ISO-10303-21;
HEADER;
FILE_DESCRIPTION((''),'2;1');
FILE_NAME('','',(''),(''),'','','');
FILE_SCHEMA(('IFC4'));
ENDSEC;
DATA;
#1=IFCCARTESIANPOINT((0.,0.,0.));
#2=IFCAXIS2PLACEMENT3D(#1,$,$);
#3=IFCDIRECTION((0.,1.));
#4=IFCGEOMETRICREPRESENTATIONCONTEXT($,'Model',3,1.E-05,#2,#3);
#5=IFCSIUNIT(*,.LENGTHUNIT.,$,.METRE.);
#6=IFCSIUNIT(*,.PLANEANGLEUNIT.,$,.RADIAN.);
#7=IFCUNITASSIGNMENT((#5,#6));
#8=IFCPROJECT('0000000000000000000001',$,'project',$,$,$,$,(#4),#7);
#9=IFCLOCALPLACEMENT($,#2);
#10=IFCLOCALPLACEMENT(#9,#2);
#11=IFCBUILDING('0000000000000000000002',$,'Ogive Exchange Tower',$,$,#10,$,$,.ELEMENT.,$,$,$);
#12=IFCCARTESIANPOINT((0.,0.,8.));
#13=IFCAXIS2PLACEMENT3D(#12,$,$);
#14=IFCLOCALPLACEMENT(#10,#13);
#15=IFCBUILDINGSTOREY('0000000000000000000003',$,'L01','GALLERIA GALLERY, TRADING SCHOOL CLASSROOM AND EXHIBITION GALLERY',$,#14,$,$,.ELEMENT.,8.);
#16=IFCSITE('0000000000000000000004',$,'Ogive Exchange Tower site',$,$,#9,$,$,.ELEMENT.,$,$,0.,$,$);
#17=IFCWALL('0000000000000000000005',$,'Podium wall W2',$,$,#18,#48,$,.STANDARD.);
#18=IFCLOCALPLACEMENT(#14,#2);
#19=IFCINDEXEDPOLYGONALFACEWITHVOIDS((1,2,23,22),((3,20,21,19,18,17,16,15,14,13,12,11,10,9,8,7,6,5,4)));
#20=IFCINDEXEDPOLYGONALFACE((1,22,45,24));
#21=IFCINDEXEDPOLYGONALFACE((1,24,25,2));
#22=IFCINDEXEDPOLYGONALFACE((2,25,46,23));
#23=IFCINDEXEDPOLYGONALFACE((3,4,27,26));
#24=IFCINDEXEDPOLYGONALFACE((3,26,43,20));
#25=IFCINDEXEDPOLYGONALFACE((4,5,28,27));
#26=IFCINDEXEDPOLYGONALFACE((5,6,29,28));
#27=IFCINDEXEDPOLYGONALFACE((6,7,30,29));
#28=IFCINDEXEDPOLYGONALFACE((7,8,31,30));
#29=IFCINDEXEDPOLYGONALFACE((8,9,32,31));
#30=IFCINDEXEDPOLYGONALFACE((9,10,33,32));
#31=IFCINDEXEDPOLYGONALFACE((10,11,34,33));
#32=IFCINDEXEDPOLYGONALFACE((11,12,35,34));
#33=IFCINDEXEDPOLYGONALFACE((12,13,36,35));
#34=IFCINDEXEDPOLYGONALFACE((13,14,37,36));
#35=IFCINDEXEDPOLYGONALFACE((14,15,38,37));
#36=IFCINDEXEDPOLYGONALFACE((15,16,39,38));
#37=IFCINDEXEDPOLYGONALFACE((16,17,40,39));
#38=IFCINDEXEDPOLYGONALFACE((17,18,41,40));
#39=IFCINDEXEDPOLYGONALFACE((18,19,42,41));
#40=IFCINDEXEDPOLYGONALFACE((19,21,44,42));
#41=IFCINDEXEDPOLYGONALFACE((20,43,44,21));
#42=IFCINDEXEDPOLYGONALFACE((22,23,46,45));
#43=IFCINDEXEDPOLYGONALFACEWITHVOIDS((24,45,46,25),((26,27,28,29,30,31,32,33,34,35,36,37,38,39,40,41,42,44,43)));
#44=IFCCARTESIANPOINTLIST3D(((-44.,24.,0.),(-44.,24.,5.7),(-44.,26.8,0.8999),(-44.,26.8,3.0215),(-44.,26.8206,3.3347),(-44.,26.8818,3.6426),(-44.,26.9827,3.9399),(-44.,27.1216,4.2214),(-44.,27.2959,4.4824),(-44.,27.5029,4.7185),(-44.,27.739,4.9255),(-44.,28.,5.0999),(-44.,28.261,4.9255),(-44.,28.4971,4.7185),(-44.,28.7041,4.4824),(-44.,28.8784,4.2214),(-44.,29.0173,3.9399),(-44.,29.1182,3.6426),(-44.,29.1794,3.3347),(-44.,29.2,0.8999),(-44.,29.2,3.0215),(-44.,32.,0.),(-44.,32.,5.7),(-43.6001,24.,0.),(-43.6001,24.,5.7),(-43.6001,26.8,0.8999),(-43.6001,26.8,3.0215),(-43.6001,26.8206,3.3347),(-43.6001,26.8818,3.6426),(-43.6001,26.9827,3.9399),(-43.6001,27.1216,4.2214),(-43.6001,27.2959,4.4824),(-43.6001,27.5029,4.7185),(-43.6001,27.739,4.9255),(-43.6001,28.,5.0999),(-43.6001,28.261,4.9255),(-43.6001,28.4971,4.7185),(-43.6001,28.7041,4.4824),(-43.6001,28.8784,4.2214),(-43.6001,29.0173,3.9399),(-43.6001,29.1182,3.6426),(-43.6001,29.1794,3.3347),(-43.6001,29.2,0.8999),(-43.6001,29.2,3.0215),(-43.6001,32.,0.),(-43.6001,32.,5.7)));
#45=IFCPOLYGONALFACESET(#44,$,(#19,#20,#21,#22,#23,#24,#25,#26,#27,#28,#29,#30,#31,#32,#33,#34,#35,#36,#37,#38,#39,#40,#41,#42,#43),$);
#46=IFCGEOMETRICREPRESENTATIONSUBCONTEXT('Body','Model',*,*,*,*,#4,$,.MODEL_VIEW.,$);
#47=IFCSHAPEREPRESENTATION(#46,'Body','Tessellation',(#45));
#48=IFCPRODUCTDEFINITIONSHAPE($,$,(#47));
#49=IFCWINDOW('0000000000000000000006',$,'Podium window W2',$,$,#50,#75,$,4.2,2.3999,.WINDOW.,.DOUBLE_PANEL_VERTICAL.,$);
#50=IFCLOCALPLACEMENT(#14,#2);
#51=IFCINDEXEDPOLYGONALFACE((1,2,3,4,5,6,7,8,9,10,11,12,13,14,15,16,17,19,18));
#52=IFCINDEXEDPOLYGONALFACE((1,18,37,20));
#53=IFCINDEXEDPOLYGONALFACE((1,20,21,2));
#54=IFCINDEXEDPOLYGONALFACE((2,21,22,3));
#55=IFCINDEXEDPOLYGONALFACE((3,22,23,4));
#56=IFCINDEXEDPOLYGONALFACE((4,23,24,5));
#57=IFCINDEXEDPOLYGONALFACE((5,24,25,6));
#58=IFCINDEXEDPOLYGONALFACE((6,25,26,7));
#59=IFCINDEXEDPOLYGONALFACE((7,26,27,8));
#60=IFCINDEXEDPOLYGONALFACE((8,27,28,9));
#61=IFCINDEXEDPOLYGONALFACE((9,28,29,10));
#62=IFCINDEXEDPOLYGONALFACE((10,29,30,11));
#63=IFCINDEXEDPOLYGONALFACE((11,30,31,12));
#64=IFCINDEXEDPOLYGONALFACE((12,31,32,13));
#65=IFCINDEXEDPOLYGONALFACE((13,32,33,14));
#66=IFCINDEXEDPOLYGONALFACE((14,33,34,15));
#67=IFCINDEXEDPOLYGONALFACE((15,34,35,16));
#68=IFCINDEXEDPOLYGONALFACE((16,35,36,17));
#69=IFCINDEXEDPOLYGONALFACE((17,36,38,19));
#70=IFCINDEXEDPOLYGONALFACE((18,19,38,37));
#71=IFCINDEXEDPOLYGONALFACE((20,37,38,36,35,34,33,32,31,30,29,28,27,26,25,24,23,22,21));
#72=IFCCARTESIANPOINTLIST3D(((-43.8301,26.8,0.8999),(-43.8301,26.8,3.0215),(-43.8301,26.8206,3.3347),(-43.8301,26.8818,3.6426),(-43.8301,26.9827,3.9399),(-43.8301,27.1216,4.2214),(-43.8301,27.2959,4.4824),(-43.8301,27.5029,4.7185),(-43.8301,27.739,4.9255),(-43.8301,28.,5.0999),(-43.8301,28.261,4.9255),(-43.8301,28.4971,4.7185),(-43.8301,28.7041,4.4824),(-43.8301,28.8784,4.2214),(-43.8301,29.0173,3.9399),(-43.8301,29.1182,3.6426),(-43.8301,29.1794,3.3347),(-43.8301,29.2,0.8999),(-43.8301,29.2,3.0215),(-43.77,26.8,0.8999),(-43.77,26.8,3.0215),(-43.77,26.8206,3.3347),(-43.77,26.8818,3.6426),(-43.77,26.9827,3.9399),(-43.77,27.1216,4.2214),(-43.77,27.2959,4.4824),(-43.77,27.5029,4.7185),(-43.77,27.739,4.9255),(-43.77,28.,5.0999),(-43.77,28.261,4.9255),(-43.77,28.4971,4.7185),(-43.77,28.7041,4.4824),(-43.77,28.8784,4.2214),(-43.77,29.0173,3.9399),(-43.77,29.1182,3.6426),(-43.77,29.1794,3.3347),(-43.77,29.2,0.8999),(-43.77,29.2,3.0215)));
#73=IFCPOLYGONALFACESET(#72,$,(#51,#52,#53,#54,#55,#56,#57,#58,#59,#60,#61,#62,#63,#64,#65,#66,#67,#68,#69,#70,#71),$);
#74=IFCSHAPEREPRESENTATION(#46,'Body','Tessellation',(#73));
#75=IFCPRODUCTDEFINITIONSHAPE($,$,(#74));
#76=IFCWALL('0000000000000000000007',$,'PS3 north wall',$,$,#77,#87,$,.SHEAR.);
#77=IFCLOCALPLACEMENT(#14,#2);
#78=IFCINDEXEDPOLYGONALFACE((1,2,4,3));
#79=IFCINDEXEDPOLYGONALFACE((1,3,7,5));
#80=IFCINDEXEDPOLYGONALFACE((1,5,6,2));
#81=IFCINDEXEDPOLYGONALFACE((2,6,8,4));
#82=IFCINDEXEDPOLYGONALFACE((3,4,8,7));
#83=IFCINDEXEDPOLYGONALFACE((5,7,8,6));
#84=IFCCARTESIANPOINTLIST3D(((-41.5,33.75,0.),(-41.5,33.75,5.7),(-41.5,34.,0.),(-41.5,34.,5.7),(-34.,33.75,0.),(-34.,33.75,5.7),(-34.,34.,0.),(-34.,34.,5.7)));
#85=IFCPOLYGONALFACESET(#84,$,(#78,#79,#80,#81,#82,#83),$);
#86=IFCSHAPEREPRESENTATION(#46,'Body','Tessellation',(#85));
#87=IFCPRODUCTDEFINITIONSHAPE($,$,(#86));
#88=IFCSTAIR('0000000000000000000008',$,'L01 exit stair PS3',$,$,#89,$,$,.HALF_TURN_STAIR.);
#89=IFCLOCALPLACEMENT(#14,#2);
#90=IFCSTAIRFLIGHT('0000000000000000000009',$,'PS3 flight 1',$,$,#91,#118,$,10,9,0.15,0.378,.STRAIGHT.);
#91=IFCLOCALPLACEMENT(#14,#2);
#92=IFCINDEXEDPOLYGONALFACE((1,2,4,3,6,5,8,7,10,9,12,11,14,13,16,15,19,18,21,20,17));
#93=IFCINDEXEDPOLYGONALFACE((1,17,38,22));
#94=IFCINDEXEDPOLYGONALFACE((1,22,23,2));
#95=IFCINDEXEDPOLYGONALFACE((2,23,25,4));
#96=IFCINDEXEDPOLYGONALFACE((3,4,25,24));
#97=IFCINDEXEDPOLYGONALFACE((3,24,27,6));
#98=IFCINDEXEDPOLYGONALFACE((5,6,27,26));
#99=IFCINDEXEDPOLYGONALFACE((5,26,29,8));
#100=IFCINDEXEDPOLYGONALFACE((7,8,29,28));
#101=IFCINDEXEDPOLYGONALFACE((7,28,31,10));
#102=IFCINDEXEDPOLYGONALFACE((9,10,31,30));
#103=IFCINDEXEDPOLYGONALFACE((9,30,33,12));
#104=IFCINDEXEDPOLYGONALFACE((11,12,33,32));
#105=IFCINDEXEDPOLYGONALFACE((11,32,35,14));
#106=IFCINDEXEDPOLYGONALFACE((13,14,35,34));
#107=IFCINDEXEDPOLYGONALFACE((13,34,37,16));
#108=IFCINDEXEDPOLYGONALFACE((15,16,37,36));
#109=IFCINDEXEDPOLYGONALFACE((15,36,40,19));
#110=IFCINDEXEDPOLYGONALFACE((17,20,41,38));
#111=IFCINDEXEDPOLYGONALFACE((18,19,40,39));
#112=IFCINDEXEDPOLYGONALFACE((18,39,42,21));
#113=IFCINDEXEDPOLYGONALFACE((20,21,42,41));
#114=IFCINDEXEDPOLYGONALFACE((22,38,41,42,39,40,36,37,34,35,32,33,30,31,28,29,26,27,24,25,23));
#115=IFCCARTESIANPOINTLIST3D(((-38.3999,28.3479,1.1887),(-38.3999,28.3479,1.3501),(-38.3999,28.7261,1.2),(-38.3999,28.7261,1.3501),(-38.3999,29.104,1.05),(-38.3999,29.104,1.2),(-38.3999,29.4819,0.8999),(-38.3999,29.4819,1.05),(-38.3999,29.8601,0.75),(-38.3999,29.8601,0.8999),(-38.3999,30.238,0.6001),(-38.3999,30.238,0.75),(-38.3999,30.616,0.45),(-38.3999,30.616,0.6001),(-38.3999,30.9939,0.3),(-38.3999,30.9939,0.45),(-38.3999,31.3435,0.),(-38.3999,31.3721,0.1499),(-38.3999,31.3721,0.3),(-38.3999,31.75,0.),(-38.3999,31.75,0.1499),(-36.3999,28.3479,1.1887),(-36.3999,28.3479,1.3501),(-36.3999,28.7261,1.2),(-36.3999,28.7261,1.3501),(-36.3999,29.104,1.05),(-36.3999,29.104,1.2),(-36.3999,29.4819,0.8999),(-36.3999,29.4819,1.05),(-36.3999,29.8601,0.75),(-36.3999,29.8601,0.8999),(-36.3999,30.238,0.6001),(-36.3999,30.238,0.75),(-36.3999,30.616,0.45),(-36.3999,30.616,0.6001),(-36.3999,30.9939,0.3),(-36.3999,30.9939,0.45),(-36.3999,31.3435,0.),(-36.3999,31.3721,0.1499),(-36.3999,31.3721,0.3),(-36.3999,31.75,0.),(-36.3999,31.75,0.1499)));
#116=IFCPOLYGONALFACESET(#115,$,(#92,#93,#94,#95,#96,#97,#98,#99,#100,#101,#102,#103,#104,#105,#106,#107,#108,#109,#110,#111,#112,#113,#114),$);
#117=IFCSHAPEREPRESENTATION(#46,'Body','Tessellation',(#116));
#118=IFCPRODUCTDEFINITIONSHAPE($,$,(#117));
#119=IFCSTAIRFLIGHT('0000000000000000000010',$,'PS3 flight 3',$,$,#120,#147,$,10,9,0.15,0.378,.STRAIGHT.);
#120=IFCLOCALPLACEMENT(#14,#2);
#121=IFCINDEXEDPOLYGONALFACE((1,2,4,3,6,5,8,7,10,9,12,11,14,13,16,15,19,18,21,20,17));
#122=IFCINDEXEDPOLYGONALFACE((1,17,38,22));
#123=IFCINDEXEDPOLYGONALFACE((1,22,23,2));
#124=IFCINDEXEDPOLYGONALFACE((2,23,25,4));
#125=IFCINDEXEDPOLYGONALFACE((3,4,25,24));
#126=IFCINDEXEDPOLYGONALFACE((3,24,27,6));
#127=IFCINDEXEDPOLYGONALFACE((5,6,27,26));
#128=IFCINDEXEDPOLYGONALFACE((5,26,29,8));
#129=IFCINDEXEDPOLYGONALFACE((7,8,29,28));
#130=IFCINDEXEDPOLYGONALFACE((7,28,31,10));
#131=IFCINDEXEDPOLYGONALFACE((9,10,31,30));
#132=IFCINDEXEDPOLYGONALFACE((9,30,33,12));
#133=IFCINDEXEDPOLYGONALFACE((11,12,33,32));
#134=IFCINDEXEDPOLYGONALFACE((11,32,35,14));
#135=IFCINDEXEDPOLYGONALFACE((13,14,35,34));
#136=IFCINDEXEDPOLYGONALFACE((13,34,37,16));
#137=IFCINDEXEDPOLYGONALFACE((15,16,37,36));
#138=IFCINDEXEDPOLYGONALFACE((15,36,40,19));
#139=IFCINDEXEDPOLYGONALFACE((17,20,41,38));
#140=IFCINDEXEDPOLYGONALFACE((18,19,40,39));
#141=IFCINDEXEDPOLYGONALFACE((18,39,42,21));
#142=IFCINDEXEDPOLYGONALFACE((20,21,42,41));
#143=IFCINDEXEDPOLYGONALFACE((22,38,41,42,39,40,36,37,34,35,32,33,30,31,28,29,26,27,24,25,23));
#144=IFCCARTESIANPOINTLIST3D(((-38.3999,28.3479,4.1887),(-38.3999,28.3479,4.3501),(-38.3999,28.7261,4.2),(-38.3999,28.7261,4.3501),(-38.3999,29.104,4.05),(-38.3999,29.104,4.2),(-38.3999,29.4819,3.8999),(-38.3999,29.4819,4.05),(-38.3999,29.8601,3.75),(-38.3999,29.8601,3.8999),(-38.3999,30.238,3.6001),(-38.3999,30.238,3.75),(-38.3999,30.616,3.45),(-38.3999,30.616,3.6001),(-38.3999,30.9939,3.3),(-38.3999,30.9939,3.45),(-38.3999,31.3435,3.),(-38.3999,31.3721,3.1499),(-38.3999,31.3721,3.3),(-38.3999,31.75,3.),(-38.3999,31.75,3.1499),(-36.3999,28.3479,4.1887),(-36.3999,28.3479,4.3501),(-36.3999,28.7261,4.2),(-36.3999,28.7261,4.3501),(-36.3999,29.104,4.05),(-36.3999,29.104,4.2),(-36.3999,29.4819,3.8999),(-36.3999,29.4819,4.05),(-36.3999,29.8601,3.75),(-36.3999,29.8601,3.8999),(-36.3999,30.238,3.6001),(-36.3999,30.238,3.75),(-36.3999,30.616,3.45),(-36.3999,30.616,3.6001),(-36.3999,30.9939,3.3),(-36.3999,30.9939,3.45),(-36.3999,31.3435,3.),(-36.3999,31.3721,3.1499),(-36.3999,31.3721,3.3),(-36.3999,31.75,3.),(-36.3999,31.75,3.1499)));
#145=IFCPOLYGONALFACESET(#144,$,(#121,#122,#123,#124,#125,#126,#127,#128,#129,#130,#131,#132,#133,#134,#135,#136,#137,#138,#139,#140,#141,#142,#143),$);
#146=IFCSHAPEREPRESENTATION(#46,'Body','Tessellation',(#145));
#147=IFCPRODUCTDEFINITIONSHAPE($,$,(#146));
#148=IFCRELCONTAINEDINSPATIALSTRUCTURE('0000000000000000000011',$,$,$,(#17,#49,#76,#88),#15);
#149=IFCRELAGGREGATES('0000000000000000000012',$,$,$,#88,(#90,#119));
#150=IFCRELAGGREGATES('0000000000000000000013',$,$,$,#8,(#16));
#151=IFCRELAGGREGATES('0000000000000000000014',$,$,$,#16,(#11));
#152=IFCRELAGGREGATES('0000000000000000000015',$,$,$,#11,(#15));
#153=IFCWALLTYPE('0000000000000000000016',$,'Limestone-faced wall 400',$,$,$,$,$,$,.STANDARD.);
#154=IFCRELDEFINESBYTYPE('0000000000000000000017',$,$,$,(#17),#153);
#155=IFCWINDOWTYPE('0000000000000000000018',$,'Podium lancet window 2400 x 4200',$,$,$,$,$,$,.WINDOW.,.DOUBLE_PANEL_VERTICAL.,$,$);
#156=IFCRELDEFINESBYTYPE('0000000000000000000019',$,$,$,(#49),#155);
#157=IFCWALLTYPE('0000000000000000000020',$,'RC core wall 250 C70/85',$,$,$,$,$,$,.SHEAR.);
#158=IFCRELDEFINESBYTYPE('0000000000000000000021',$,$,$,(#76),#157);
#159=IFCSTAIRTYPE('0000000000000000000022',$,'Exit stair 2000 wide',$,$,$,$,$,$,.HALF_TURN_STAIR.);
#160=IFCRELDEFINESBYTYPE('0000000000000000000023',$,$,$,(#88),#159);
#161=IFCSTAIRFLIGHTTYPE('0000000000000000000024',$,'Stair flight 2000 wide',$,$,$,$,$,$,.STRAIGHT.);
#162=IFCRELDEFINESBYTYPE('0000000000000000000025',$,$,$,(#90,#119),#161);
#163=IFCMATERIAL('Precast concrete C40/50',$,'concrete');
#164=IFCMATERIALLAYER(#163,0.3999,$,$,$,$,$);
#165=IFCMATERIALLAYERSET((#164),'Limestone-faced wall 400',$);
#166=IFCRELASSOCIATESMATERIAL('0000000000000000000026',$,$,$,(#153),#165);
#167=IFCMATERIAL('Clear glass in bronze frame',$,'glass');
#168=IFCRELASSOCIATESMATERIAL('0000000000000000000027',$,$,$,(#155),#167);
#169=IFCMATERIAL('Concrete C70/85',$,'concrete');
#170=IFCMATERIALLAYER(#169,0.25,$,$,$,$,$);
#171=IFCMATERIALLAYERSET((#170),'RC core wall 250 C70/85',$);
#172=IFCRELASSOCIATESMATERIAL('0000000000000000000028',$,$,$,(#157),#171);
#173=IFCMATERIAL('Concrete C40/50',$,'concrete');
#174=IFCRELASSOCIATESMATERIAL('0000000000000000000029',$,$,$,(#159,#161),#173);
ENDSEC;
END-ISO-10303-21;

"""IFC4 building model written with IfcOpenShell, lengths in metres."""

from ifc_helpers import new_model, si_unit, direction, frame, frame_2d, origin, place, context, subcontext, project, spatial, polyline, rectangle, outline, extrude, material, layer, layer_set, type_object, element, fill, aggregate, save


model = new_model("IFC4")

# Units and contexts
model_context = context("Model", 3, precision=1e-05, world=origin(), true_north=direction((0.0, 1.0)))
body_context = subcontext(model_context, "Body", "Model", "MODEL_VIEW")
ifc_project = project(units=[si_unit("LENGTHUNIT", "METRE"), si_unit("PLANEANGLEUNIT", "RADIAN")], contexts=[model_context])

# Site, building, storey
site_placement = place(None, origin())
site = spatial("IfcSite", under=ifc_project, at=site_placement, Name="Ogive Exchange Tower site", CompositionType="ELEMENT", RefElevation=0.0)
building_placement = place(site_placement, origin())
building = spatial("IfcBuilding", under=site, at=building_placement, Name="Ogive Exchange Tower", CompositionType="ELEMENT")
storey_placement = place(building_placement, frame((0.0, 0.0, 8.0)))
storey = spatial("IfcBuildingStorey", under=building, at=storey_placement, Name="L01", Description="GALLERIA GALLERY, TRADING SCHOOL CLASSROOM AND EXHIBITION GALLERY", CompositionType="ELEMENT", Elevation=8.0)

# Shared definitions
ifc_material_1 = material(Name="Concrete C70/85", Category="concrete")

# Shared definitions
ifc_material_2 = material(Name="Precast concrete C40/50", Category="concrete")
ifc_layer_1 = layer(ifc_material_2, 0.3999)
ifc_layer_set_1 = layer_set([ifc_layer_1], Name="Limestone-faced wall 400")
wall_type_1 = type_object("IfcWallType", Name="Limestone-faced wall 400", PredefinedType="STANDARD", material=ifc_layer_set_1)
ifc_material_3 = material(Name="Clear glass in bronze frame", Category="glass")

# Wall, opening, window
wall_1_placement = place(storey_placement, frame((-43.8, 32.0, 0.0), z_axis=(0.0, 0.0, 1.0), x_axis=(0.0, -1.0, 0.0)))
wall_1 = element("IfcWall", 1, at=wall_1_placement, inside=storey, type_object=wall_type_1, Name="Podium wall W2", PredefinedType="STANDARD", context=body_context, shape_type="SweptSolid", body=[
    extrude(rectangle(XDim=8.0, YDim=0.3999, at=frame_2d((4.0, 0.0))), origin(), (0.0, 0.0, 1.0), 5.7),
])
opening_1_placement = place(wall_1_placement, frame((2.8, 0.0, 0.8999)))
opening_1 = element("IfcOpeningElement", 2, at=opening_1_placement, cuts=wall_1, PredefinedType="OPENING", context=body_context, shape_type="SweptSolid", body=[
    extrude(outline(polyline([(0.0, 0.0), (2.3999, 0.0), (2.3999, 2.1216), (2.3794, 2.4348), (2.3181, 2.7427), (2.2173, 3.04), (2.0784, 3.3215), (1.9041, 3.5825), (1.697, 3.8186), (1.4609, 4.0256), (1.2, 4.2), (0.939, 4.0256), (0.7029, 3.8186), (0.4958, 3.5825), (0.3215, 3.3215), (0.1826, 3.04), (0.0818, 2.7427), (0.0205, 2.4348), (0.0, 2.1216), (0.0, 0.0)])), frame((0.0, 0.21, 0.0), z_axis=(0.0, -1.0, 0.0), x_axis=(1.0, 0.0, 0.0)), (0.0, 0.0, 1.0), 0.4199),
])
window_type_1 = type_object("IfcWindowType", Name="Podium lancet window 2400 x 4200", PartitioningType="DOUBLE_PANEL_VERTICAL", PredefinedType="WINDOW", material=ifc_material_3)
window_1_placement = place(opening_1_placement, origin())
window_1 = element("IfcWindow", 3, at=window_1_placement, inside=storey, type_object=window_type_1, Name="Podium window W2", OverallHeight=4.2, OverallWidth=2.3999, PartitioningType="DOUBLE_PANEL_VERTICAL", PredefinedType="WINDOW", context=body_context, shape_type="SweptSolid", body=[
    extrude(outline(polyline([(0.0, 0.0), (2.3999, 0.0), (2.3999, 2.1216), (2.3794, 2.4348), (2.3181, 2.7427), (2.2173, 3.04), (2.0784, 3.3215), (1.9041, 3.5825), (1.697, 3.8186), (1.4609, 4.0256), (1.2, 4.2), (0.939, 4.0256), (0.7029, 3.8186), (0.4958, 3.5825), (0.3215, 3.3215), (0.1826, 3.04), (0.0818, 2.7427), (0.0205, 2.4348), (0.0, 2.1216), (0.0, 0.0)])), frame((0.0, 0.03, 0.0), z_axis=(0.0, -1.0, 0.0), x_axis=(1.0, 0.0, 0.0)), (0.0, 0.0, 1.0), 0.0601),
])
fill(opening_1, window_1)

# Wall
ifc_layer_2 = layer(ifc_material_1, 0.25)
ifc_layer_set_2 = layer_set([ifc_layer_2], Name="RC core wall 250 C70/85")
wall_type_2 = type_object("IfcWallType", Name="RC core wall 250 C70/85", PredefinedType="SHEAR", material=ifc_layer_set_2)
wall_2_placement = place(storey_placement, frame((-41.5, 33.875, 0.0), z_axis=(0.0, 0.0, 1.0), x_axis=(1.0, 0.0, 0.0)))
element("IfcWall", 4, at=wall_2_placement, inside=storey, type_object=wall_type_2, Name="PS3 north wall", PredefinedType="SHEAR", context=body_context, shape_type="SweptSolid", body=[
    extrude(rectangle(XDim=7.5, YDim=0.25, at=frame_2d((3.75, 0.0))), origin(), (0.0, 0.0, 1.0), 5.7),
])

# Stair, stair flights
ifc_material_4 = material(Name="Concrete C40/50", Category="concrete")
stair_type = type_object("IfcStairType", Name="Exit stair 2000 wide", PredefinedType="HALF_TURN_STAIR", material=ifc_material_4)
stair_placement = place(storey_placement, origin())
stair = element("IfcStair", 5, at=stair_placement, inside=storey, type_object=stair_type, Name="L01 exit stair PS3", PredefinedType="HALF_TURN_STAIR")
stair_flight_type = type_object("IfcStairFlightType", Name="Stair flight 2000 wide", PredefinedType="STRAIGHT", material=ifc_material_4)
stair_flight_1_placement = place(storey_placement, frame((-37.3999, 31.75, 0.0), z_axis=(0.0, 0.0, 1.0), x_axis=(0.0, -1.0, 0.0)))
stair_flight_1 = element("IfcStairFlight", 6, at=stair_flight_1_placement, type_object=stair_flight_type, Name="PS3 flight 1", NumberOfRisers=10, NumberOfTreads=9, PredefinedType="STRAIGHT", RiserHeight=0.15, TreadLength=0.378, context=body_context, shape_type="SweptSolid", body=[
    extrude(outline(polyline([(0.0, 0.0), (0.0, 0.1499), (0.3779, 0.1499), (0.3779, 0.3), (0.7561, 0.3), (0.7561, 0.45), (1.134, 0.45), (1.134, 0.6001), (1.512, 0.6001), (1.512, 0.75), (1.8899, 0.75), (1.8899, 0.8999), (2.2681, 0.8999), (2.2681, 1.05), (2.646, 1.05), (2.646, 1.2), (3.0239, 1.2), (3.0239, 1.3501), (3.4021, 1.3501), (3.4021, 1.5), (3.4021, 1.1887), (0.4065, 0.0), (0.0, 0.0)])), frame((0.0, 1.0, 0.0), z_axis=(0.0, -1.0, 0.0), x_axis=(1.0, 0.0, 0.0)), (0.0, 0.0, 1.0), 2.0),
])
stair_flight_2_placement = place(storey_placement, frame((-37.3999, 31.75, 3.0), z_axis=(0.0, 0.0, 1.0), x_axis=(0.0, -1.0, 0.0)))
stair_flight_2 = element("IfcStairFlight", 7, at=stair_flight_2_placement, type_object=stair_flight_type, Name="PS3 flight 3", NumberOfRisers=10, NumberOfTreads=9, PredefinedType="STRAIGHT", RiserHeight=0.15, TreadLength=0.378, context=body_context, shape_type="SweptSolid", body=[
    extrude(outline(polyline([(0.0, 0.0), (0.0, 0.1499), (0.3779, 0.1499), (0.3779, 0.3), (0.7561, 0.3), (0.7561, 0.45), (1.134, 0.45), (1.134, 0.6001), (1.512, 0.6001), (1.512, 0.75), (1.8899, 0.75), (1.8899, 0.8999), (2.2681, 0.8999), (2.2681, 1.05), (2.646, 1.05), (2.646, 1.2), (3.0239, 1.2), (3.0239, 1.3501), (3.4021, 1.3501), (3.4021, 1.5), (3.4021, 1.1887), (0.4065, 0.0), (0.0, 0.0)])), frame((0.0, 1.0, 0.0), z_axis=(0.0, -1.0, 0.0), x_axis=(1.0, 0.0, 0.0)), (0.0, 0.0, 1.0), 2.0),
])
aggregate(stair, [stair_flight_1, stair_flight_2])

save(model, "model.ifc")
